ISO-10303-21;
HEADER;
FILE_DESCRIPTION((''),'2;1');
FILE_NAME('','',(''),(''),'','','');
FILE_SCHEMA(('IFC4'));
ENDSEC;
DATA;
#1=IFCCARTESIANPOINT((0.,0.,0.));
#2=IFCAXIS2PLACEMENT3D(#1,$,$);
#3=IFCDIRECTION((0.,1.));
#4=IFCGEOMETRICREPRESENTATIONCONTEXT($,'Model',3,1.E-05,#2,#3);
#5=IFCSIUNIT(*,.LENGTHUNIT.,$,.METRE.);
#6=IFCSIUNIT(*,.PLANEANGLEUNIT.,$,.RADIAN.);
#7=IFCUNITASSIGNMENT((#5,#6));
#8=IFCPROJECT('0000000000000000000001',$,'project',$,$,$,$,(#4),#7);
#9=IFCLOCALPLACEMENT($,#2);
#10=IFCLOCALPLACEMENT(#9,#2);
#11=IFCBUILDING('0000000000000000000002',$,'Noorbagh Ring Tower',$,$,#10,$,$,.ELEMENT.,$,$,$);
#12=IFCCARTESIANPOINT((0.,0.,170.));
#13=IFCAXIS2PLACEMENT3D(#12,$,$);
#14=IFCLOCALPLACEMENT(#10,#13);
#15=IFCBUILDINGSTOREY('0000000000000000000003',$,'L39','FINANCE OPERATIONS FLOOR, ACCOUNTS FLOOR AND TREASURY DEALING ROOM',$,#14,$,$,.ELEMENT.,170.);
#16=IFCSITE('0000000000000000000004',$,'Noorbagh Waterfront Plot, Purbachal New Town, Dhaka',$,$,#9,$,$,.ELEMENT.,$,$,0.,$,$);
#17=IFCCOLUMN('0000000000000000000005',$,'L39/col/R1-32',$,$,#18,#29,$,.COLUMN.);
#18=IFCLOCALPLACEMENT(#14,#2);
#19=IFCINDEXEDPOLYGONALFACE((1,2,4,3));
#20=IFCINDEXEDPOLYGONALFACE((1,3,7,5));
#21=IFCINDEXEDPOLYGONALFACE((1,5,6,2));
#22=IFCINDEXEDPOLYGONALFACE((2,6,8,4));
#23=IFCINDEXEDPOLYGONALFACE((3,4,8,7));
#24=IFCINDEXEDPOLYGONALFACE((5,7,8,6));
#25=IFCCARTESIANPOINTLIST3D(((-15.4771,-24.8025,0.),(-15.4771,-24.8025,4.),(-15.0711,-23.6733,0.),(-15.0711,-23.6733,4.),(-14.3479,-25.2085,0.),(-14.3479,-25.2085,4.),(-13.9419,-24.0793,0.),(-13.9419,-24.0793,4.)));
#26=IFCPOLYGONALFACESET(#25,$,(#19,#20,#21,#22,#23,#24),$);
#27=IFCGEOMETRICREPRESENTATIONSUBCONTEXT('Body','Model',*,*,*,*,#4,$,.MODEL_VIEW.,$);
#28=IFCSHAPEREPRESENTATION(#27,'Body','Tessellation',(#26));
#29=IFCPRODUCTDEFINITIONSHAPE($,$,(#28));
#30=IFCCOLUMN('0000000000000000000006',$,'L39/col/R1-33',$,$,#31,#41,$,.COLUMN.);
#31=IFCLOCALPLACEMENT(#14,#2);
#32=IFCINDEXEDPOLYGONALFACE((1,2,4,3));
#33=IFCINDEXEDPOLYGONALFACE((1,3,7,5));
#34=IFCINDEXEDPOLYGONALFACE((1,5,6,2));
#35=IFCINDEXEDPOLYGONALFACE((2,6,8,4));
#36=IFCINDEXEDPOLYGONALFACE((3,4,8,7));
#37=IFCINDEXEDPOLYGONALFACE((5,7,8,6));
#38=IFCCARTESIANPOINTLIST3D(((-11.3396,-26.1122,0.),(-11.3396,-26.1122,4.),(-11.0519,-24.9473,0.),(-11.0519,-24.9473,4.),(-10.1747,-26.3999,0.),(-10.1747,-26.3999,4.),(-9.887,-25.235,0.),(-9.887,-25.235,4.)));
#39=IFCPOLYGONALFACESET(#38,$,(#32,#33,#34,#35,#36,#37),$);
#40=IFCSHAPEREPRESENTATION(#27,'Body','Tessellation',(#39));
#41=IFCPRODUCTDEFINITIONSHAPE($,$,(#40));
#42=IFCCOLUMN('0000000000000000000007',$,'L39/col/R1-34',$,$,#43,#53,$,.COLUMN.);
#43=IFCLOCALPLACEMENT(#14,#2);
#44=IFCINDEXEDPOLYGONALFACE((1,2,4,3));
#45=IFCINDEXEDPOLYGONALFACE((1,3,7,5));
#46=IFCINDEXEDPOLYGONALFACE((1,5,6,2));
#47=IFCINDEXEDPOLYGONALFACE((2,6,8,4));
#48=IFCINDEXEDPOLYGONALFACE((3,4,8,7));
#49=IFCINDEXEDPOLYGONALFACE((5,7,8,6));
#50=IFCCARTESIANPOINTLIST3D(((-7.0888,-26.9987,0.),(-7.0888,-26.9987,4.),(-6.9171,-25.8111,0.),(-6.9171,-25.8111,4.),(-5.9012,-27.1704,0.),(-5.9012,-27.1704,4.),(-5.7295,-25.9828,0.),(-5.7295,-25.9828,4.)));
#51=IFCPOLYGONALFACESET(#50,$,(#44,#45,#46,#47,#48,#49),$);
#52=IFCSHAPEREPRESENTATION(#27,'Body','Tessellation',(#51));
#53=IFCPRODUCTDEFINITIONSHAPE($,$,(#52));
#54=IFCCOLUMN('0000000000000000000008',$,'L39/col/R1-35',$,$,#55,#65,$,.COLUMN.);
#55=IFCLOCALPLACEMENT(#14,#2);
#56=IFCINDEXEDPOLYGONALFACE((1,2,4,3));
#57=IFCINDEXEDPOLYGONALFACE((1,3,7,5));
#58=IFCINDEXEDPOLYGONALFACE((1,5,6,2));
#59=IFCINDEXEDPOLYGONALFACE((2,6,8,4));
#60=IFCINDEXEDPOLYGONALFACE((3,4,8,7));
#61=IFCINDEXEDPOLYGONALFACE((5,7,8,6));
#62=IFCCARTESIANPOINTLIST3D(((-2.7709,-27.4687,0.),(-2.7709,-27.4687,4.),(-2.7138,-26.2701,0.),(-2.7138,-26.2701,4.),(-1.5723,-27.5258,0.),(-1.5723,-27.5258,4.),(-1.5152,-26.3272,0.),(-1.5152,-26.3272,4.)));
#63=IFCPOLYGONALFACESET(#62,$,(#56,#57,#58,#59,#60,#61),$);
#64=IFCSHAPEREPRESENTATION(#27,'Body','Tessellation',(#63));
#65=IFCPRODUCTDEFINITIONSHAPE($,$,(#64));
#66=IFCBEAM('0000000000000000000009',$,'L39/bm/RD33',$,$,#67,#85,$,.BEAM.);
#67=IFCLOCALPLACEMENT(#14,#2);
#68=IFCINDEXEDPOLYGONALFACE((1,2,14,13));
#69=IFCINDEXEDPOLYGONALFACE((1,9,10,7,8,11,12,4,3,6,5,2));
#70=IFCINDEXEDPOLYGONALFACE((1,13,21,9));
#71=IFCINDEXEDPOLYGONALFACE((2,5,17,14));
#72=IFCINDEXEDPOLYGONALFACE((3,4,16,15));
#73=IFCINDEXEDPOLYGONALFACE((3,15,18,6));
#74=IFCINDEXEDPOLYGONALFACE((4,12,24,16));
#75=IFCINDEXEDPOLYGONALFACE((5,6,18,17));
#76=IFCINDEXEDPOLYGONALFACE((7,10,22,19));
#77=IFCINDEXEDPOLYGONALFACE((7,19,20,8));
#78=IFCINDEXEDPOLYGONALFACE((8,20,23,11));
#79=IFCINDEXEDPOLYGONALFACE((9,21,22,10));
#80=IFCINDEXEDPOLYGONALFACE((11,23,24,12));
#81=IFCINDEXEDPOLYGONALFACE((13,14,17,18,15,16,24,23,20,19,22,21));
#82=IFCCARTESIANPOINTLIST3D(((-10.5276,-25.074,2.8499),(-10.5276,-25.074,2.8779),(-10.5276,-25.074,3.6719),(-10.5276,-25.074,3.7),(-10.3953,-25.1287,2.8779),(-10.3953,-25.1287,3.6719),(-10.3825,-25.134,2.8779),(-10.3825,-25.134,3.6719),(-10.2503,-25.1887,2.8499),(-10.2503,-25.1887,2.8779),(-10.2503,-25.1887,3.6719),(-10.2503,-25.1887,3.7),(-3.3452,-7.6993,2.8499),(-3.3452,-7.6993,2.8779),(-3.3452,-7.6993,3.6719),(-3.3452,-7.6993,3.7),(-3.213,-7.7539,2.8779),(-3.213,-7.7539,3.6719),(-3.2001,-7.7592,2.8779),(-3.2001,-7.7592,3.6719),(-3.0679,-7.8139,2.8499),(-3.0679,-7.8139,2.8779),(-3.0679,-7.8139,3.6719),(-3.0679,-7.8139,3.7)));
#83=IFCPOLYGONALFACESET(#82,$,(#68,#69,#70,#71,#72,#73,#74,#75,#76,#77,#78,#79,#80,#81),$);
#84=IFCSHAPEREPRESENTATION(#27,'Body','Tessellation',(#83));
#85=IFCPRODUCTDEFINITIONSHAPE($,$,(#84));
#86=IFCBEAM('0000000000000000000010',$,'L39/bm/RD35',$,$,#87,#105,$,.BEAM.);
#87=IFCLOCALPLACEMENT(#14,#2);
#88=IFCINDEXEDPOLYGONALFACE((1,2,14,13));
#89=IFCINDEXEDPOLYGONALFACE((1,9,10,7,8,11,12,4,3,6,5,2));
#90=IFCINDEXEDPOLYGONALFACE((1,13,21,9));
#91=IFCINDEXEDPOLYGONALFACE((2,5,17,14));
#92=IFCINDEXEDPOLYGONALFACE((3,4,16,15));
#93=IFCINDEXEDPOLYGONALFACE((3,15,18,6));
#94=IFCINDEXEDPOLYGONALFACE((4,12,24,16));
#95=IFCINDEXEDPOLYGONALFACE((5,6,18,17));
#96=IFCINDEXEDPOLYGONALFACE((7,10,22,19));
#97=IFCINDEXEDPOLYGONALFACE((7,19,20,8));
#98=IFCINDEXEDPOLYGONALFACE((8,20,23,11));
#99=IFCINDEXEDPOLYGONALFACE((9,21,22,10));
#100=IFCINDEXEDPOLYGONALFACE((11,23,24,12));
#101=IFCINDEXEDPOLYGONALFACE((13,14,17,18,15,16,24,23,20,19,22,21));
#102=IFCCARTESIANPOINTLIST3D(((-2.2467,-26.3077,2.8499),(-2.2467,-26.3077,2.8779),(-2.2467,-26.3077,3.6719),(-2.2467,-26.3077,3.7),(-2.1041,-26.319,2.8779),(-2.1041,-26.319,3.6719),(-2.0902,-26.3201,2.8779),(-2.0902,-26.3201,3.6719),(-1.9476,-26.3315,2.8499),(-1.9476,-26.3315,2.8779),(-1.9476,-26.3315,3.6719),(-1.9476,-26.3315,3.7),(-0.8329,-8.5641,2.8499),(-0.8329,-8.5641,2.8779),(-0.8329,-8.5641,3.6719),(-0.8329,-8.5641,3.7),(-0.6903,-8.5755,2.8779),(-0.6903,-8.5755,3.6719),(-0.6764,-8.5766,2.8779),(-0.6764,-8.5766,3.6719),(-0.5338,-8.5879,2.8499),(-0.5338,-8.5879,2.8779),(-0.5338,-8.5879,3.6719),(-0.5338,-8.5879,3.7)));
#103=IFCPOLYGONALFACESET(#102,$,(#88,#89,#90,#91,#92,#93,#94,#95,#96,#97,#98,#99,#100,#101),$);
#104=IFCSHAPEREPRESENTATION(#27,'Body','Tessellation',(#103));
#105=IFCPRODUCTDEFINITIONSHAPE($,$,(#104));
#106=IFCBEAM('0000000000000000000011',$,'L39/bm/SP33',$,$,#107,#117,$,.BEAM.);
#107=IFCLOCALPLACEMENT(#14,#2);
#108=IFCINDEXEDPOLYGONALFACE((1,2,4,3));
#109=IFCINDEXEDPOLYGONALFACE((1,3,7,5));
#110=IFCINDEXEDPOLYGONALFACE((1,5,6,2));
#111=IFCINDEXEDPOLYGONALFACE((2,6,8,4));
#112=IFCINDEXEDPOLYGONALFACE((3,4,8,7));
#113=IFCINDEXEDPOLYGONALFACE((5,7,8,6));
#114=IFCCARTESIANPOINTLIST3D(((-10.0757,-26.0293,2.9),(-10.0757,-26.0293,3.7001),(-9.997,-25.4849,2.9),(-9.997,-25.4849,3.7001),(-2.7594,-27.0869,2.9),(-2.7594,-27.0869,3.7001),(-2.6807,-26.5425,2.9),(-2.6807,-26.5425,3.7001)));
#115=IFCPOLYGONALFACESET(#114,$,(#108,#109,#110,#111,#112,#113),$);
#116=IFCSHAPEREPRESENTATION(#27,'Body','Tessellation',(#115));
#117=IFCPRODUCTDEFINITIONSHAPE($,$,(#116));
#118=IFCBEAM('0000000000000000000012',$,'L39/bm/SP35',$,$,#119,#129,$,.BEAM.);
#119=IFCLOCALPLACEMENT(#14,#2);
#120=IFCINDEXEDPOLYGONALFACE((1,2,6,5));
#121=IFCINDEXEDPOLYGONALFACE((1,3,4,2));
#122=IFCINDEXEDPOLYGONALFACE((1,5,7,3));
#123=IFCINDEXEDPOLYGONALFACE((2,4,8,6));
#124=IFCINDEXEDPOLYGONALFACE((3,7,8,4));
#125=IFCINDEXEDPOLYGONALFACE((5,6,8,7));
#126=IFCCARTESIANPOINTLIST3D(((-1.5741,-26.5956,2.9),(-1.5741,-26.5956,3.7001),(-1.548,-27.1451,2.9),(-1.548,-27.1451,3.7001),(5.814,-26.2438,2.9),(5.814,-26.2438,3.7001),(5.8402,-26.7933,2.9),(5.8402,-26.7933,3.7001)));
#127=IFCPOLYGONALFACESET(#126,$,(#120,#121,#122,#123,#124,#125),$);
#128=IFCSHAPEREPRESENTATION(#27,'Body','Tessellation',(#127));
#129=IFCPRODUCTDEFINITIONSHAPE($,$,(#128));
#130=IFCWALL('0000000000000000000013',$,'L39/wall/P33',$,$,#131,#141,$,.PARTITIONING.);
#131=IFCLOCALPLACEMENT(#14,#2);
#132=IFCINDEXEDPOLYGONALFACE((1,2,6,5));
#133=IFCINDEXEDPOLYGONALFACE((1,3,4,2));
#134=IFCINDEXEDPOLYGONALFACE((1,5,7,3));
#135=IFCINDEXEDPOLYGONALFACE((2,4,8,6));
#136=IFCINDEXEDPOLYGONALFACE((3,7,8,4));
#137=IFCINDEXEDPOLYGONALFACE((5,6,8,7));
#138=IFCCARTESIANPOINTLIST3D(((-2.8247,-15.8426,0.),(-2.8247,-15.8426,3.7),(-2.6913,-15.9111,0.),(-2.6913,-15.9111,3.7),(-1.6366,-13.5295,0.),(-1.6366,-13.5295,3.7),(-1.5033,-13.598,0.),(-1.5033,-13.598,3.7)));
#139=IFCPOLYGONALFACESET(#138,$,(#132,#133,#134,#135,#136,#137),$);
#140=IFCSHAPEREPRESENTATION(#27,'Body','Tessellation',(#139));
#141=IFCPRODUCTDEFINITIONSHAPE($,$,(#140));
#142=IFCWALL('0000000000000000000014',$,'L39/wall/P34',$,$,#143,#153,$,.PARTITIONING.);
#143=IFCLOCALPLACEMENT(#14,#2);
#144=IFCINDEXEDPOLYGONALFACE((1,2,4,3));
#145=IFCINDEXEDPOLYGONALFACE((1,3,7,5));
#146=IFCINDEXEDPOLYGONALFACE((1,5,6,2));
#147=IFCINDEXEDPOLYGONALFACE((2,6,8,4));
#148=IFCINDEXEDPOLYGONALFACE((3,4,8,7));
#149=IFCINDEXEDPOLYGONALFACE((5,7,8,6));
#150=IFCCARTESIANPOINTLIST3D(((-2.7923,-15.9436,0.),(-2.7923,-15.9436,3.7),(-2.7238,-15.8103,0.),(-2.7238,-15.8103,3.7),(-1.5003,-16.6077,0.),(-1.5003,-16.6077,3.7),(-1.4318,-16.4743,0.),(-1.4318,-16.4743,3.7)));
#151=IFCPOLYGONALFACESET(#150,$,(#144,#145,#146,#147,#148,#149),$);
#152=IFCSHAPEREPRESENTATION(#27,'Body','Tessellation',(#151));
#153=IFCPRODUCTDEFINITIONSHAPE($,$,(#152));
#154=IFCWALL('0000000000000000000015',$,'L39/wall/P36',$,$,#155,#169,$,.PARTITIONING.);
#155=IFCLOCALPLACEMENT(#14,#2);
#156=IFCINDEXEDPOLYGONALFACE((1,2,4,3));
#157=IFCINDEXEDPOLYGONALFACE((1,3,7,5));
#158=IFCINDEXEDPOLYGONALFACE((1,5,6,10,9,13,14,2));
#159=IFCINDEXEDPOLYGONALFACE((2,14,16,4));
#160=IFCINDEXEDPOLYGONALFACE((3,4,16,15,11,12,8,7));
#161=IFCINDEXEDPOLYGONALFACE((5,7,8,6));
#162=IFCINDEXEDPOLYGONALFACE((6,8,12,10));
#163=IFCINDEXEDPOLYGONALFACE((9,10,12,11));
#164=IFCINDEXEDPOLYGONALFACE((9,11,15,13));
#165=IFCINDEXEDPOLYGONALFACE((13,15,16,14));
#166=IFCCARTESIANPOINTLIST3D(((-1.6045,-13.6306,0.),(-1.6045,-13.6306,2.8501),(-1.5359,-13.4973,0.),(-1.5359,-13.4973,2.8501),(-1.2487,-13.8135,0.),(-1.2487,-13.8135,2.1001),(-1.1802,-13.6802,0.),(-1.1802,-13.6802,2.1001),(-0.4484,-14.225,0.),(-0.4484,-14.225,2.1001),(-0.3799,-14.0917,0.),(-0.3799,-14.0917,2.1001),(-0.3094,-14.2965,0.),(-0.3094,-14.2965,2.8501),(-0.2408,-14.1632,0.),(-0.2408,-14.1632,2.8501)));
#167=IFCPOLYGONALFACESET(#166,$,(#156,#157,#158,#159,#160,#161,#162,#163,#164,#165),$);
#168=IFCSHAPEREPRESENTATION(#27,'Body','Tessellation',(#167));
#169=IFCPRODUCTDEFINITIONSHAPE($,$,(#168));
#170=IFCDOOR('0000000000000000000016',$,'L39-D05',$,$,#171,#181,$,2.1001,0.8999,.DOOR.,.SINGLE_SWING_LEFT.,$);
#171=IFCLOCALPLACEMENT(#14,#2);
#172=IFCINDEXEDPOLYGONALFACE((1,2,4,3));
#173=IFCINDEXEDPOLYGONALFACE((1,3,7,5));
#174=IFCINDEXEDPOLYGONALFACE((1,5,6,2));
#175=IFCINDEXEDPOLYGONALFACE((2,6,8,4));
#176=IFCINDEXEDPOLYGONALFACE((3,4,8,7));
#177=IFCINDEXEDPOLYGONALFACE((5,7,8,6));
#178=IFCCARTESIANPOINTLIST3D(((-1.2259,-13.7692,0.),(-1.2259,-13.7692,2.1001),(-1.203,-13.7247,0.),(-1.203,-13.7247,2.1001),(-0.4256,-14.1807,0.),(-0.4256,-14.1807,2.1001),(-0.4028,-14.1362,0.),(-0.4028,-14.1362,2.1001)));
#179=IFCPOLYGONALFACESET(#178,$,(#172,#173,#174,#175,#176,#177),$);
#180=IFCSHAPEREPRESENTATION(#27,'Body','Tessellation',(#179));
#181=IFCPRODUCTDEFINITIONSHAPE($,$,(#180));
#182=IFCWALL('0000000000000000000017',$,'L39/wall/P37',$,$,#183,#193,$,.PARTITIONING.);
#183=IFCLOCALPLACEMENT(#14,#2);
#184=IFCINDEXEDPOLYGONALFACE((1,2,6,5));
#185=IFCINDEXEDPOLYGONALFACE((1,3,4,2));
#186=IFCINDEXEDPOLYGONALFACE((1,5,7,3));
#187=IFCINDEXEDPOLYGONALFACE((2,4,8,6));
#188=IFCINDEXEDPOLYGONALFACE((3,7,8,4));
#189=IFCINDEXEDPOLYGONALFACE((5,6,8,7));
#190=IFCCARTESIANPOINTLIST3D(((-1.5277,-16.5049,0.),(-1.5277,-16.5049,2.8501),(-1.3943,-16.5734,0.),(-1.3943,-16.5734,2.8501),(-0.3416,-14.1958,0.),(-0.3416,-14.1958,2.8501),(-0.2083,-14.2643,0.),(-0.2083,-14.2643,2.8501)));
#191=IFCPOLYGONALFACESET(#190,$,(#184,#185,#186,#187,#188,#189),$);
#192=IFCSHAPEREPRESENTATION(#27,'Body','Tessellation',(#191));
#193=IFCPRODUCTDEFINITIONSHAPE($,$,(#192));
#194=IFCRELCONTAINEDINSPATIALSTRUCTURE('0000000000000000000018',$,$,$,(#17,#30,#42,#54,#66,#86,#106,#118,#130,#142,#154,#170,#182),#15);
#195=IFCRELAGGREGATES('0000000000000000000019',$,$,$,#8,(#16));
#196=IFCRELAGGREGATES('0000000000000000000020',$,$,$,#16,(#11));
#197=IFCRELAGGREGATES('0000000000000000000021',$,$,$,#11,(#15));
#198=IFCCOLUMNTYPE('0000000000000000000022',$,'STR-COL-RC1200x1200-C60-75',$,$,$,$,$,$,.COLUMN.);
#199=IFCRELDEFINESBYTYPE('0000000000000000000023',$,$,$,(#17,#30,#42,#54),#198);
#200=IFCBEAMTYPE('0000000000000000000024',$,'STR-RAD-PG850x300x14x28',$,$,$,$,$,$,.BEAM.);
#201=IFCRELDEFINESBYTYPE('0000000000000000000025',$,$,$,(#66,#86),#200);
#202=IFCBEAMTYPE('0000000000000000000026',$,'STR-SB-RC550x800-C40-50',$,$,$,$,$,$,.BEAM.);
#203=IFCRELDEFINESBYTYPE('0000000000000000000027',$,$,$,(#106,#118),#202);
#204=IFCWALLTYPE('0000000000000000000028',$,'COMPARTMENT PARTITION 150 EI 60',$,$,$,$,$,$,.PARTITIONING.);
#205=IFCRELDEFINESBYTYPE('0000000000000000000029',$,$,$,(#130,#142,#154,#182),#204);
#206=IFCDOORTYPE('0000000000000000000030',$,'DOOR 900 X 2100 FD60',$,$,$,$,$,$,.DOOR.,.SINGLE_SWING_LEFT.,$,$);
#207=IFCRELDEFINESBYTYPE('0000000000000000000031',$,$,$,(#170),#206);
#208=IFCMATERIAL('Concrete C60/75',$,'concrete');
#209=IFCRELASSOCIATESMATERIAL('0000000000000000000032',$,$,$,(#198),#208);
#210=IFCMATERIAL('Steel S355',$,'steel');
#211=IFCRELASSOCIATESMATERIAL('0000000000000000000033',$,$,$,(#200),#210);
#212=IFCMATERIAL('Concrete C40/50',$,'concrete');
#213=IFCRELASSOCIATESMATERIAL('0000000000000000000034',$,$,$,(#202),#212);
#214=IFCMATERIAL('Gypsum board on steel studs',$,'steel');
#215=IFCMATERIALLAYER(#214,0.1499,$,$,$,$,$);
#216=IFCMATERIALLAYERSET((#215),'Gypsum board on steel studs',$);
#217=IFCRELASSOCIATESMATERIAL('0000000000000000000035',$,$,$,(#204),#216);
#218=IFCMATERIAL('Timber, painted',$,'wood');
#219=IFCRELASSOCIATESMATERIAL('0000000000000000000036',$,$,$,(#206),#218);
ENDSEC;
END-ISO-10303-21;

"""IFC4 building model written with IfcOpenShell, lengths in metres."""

from ifc_helpers import new_model, si_unit, direction, frame, frame_2d, origin, origin_2d, place, context, subcontext, project, spatial, rectangle, i_section, extrude, material, layer, layer_set, material_profile, profile_set, type_object, element, fill, save


model = new_model("IFC4")

# Units and contexts
model_context = context("Model", 3, precision=1e-05, world=origin(), true_north=direction((0.0, 1.0)))
body_context = subcontext(model_context, "Body", "Model", "MODEL_VIEW")
ifc_project = project(units=[si_unit("LENGTHUNIT", "METRE"), si_unit("PLANEANGLEUNIT", "RADIAN")], contexts=[model_context])

# Site, building, storey
site_placement = place(None, origin())
site = spatial("IfcSite", under=ifc_project, at=site_placement, Name="Noorbagh Waterfront Plot, Purbachal New Town, Dhaka", CompositionType="ELEMENT", RefElevation=0.0)
building_placement = place(site_placement, origin())
building = spatial("IfcBuilding", under=site, at=building_placement, Name="Noorbagh Ring Tower", CompositionType="ELEMENT")
storey_placement = place(building_placement, frame((0.0, 0.0, 170.0)))
storey = spatial("IfcBuildingStorey", under=building, at=storey_placement, Name="L39", Description="FINANCE OPERATIONS FLOOR, ACCOUNTS FLOOR AND TREASURY DEALING ROOM", CompositionType="ELEMENT", Elevation=170.0)

# Columns
ifc_material_1 = material(Name="Concrete C60/75", Category="concrete")
ifc_material_profile_1 = material_profile(ifc_material_1, rectangle(XDim=1.2, YDim=1.2, at=origin_2d()), Name="RC1200x1200")
ifc_profile_set_1 = profile_set([ifc_material_profile_1], Name="Concrete C60/75")
column_type = type_object("IfcColumnType", Name="STR-COL-RC1200x1200-C60-75", PredefinedType="COLUMN", material=ifc_profile_set_1)
for number, where, z_axis, x_axis, name in (
    (1, (-14.7095, -24.4409, 0.0), (0.0, 0.0, 1.0), (0.941025, -0.338338, 0.0), "L39/col/R1-32"),
    (2, (-10.6133, -25.6736, 0.0), (0.0, 0.0, 1.0), (0.970829, -0.239771, 0.0), "L39/col/R1-33"),
    (3, (-6.4092, -26.4907, 0.0), (0.0, 0.0, 1.0), (0.989713, -0.143066, 0.0), "L39/col/R1-34"),
    (4, (-2.1431, -26.8979, 0.0), (0.0, 0.0, 1.0), (0.998869, -0.047553, 0.0), "L39/col/R1-35"),
):
    element("IfcColumn", number, at=place(storey_placement, frame(where, z_axis=z_axis, x_axis=x_axis)), inside=storey, type_object=column_type, Name=name, PredefinedType="COLUMN", context=body_context, shape_type="SweptSolid", body=[
        extrude(rectangle(XDim=1.2, YDim=1.2, at=origin_2d()), origin(), (0.0, 0.0, 1.0), 4.0),
    ])

# Beams
ifc_material_2 = material(Name="Steel S355", Category="steel")
ifc_material_profile_2 = material_profile(ifc_material_2, i_section(OverallWidth=0.3, OverallDepth=0.8501, WebThickness=0.0139, FlangeThickness=0.0281, at=origin_2d()), Name="PG850x300x14x28")
ifc_profile_set_2 = profile_set([ifc_material_profile_2], Name="Steel S355")
beam_type_1 = type_object("IfcBeamType", Name="STR-RAD-PG850x300x14x28", PredefinedType="BEAM", material=ifc_profile_set_2)
beam_1_placement = place(storey_placement, frame((-10.3889, -25.1313, 3.2749), z_axis=(0.382026, 0.924152, 0.0), x_axis=(-0.924152, 0.382026, 0.0)))
element("IfcBeam", 5, at=beam_1_placement, inside=storey, type_object=beam_type_1, Name="L39/bm/RD33", PredefinedType="BEAM", context=body_context, shape_type="SweptSolid", body=[
    extrude(i_section(OverallWidth=0.3, OverallDepth=0.8501, WebThickness=0.0139, FlangeThickness=0.0281, at=origin_2d()), origin(), (0.0, 0.0, 1.0), 18.8008),
])
beam_2_placement = place(storey_placement, frame((-2.0972, -26.3196, 3.2749), z_axis=(0.079428, 0.996841, 0.0), x_axis=(-0.996841, 0.079428, 0.0)))
element("IfcBeam", 6, at=beam_2_placement, inside=storey, type_object=beam_type_1, Name="L39/bm/RD35", PredefinedType="BEAM", context=body_context, shape_type="SweptSolid", body=[
    extrude(i_section(OverallWidth=0.3, OverallDepth=0.8501, WebThickness=0.0139, FlangeThickness=0.0281, at=origin_2d()), origin(), (0.0, 0.0, 1.0), 17.7998),
])
ifc_material_3 = material(Name="Concrete C40/50", Category="concrete")
ifc_material_profile_3 = material_profile(ifc_material_3, rectangle(XDim=0.55, YDim=0.8, at=origin_2d()), Name="RC550x800")
ifc_profile_set_3 = profile_set([ifc_material_profile_3], Name="Concrete C40/50")
beam_type_2 = type_object("IfcBeamType", Name="STR-SB-RC550x800-C40-50", PredefinedType="BEAM", material=ifc_profile_set_3)
beam_3_placement = place(storey_placement, frame((-10.0364, -25.7571, 3.3), z_axis=(0.989713, -0.143067, 0.0), x_axis=(0.143067, 0.989713, 0.0)))
element("IfcBeam", 7, at=beam_3_placement, inside=storey, type_object=beam_type_2, Name="L39/bm/SP33", PredefinedType="BEAM", context=body_context, shape_type="SweptSolid", body=[
    extrude(rectangle(XDim=0.55, YDim=0.8, at=origin_2d()), origin(), (0.0, 0.0, 1.0), 7.3923),
])
beam_4_placement = place(storey_placement, frame((-1.561, -26.8704, 3.3), z_axis=(0.998868, 0.047564, 0.0), x_axis=(-0.047564, 0.998868, 0.0)))
element("IfcBeam", 8, at=beam_4_placement, inside=storey, type_object=beam_type_2, Name="L39/bm/SP35", PredefinedType="BEAM", context=body_context, shape_type="SweptSolid", body=[
    extrude(rectangle(XDim=0.55, YDim=0.8, at=origin_2d()), origin(), (0.0, 0.0, 1.0), 7.3965),
])

# Walls
ifc_material_4 = material(Name="Gypsum board on steel studs", Category="steel")
ifc_layer_1 = layer(ifc_material_4, 0.1499)
ifc_layer_set_1 = layer_set([ifc_layer_1], Name="Gypsum board on steel studs")
wall_type_1 = type_object("IfcWallType", Name="COMPARTMENT PARTITION 150 EI 60", PredefinedType="PARTITIONING", material=ifc_layer_set_1)
wall_1_placement = place(storey_placement, frame((-2.7581, -15.877, 0.0), z_axis=(0.0, 0.0, 1.0), x_axis=(0.456877, 0.88953, 0.0)))
element("IfcWall", 9, at=wall_1_placement, inside=storey, type_object=wall_type_1, Name="L39/wall/P33", PredefinedType="PARTITIONING", context=body_context, shape_type="SweptSolid", body=[
    extrude(rectangle(XDim=2.6003, YDim=0.1499, at=frame_2d((1.3003, 0.0))), origin(), (0.0, 0.0, 1.0), 3.7),
])
wall_2_placement = place(storey_placement, frame((-2.7581, -15.877, 0.0), z_axis=(0.0, 0.0, 1.0), x_axis=(0.889397, -0.457135, 0.0)))
element("IfcWall", 10, at=wall_2_placement, inside=storey, type_object=wall_type_1, Name="L39/wall/P34", PredefinedType="PARTITIONING", context=body_context, shape_type="SweptSolid", body=[
    extrude(rectangle(XDim=1.4526, YDim=0.1499, at=frame_2d((0.7263, 0.0))), origin(), (0.0, 0.0, 1.0), 3.7),
])

# Wall, opening, door
wall_3_placement = place(storey_placement, frame((-1.5701, -13.564, 0.0), z_axis=(0.0, 0.0, 1.0), x_axis=(0.889307, -0.45731, 0.0)))
wall_3 = element("IfcWall", 11, at=wall_3_placement, inside=storey, type_object=wall_type_1, Name="L39/wall/P36", PredefinedType="PARTITIONING", context=body_context, shape_type="SweptSolid", body=[
    extrude(rectangle(XDim=1.4563, YDim=0.1499, at=frame_2d((0.728, 0.0))), origin(), (0.0, 0.0, 1.0), 2.8501),
])
opening_1_placement = place(wall_3_placement, frame((0.3999, 0.0, 0.0)))
opening_1 = element("IfcOpeningElement", 12, at=opening_1_placement, cuts=wall_3, PredefinedType="OPENING", context=body_context, shape_type="SweptSolid", body=[
    extrude(rectangle(XDim=0.8999, YDim=2.1001, at=frame_2d((0.45, 1.05))), frame((0.0, 0.085, 0.0), z_axis=(0.0, -1.0, 0.0), x_axis=(1.0, 0.0, 0.0)), (0.0, 0.0, 1.0), 0.1699),
])
ifc_material_5 = material(Name="Timber, painted", Category="wood")
door_type_1 = type_object("IfcDoorType", Name="DOOR 900 X 2100 FD60", OperationType="SINGLE_SWING_LEFT", PredefinedType="DOOR", material=ifc_material_5)
door_1_placement = place(opening_1_placement, origin())
door_1 = element("IfcDoor", 13, at=door_1_placement, inside=storey, type_object=door_type_1, Name="L39-D05", OperationType="SINGLE_SWING_LEFT", OverallHeight=2.1001, OverallWidth=0.8999, PredefinedType="DOOR", context=body_context, shape_type="SweptSolid", body=[
    extrude(rectangle(XDim=0.8999, YDim=2.1001, at=frame_2d((0.45, 1.05))), frame((0.0, 0.0249, 0.0), z_axis=(0.0, -1.0, 0.0), x_axis=(1.0, 0.0, 0.0)), (0.0, 0.0, 1.0), 0.05),
])
fill(opening_1, door_1)

# Wall
wall_4_placement = place(storey_placement, frame((-1.4609, -16.5391, 0.0), z_axis=(0.0, 0.0, 1.0), x_axis=(0.456893, 0.889522, 0.0)))
element("IfcWall", 14, at=wall_4_placement, inside=storey, type_object=wall_type_1, Name="L39/wall/P37", PredefinedType="PARTITIONING", context=body_context, shape_type="SweptSolid", body=[
    extrude(rectangle(XDim=2.5959, YDim=0.1499, at=frame_2d((1.2979, 0.0))), origin(), (0.0, 0.0, 1.0), 2.8501),
])

save(model, "model.ifc")
